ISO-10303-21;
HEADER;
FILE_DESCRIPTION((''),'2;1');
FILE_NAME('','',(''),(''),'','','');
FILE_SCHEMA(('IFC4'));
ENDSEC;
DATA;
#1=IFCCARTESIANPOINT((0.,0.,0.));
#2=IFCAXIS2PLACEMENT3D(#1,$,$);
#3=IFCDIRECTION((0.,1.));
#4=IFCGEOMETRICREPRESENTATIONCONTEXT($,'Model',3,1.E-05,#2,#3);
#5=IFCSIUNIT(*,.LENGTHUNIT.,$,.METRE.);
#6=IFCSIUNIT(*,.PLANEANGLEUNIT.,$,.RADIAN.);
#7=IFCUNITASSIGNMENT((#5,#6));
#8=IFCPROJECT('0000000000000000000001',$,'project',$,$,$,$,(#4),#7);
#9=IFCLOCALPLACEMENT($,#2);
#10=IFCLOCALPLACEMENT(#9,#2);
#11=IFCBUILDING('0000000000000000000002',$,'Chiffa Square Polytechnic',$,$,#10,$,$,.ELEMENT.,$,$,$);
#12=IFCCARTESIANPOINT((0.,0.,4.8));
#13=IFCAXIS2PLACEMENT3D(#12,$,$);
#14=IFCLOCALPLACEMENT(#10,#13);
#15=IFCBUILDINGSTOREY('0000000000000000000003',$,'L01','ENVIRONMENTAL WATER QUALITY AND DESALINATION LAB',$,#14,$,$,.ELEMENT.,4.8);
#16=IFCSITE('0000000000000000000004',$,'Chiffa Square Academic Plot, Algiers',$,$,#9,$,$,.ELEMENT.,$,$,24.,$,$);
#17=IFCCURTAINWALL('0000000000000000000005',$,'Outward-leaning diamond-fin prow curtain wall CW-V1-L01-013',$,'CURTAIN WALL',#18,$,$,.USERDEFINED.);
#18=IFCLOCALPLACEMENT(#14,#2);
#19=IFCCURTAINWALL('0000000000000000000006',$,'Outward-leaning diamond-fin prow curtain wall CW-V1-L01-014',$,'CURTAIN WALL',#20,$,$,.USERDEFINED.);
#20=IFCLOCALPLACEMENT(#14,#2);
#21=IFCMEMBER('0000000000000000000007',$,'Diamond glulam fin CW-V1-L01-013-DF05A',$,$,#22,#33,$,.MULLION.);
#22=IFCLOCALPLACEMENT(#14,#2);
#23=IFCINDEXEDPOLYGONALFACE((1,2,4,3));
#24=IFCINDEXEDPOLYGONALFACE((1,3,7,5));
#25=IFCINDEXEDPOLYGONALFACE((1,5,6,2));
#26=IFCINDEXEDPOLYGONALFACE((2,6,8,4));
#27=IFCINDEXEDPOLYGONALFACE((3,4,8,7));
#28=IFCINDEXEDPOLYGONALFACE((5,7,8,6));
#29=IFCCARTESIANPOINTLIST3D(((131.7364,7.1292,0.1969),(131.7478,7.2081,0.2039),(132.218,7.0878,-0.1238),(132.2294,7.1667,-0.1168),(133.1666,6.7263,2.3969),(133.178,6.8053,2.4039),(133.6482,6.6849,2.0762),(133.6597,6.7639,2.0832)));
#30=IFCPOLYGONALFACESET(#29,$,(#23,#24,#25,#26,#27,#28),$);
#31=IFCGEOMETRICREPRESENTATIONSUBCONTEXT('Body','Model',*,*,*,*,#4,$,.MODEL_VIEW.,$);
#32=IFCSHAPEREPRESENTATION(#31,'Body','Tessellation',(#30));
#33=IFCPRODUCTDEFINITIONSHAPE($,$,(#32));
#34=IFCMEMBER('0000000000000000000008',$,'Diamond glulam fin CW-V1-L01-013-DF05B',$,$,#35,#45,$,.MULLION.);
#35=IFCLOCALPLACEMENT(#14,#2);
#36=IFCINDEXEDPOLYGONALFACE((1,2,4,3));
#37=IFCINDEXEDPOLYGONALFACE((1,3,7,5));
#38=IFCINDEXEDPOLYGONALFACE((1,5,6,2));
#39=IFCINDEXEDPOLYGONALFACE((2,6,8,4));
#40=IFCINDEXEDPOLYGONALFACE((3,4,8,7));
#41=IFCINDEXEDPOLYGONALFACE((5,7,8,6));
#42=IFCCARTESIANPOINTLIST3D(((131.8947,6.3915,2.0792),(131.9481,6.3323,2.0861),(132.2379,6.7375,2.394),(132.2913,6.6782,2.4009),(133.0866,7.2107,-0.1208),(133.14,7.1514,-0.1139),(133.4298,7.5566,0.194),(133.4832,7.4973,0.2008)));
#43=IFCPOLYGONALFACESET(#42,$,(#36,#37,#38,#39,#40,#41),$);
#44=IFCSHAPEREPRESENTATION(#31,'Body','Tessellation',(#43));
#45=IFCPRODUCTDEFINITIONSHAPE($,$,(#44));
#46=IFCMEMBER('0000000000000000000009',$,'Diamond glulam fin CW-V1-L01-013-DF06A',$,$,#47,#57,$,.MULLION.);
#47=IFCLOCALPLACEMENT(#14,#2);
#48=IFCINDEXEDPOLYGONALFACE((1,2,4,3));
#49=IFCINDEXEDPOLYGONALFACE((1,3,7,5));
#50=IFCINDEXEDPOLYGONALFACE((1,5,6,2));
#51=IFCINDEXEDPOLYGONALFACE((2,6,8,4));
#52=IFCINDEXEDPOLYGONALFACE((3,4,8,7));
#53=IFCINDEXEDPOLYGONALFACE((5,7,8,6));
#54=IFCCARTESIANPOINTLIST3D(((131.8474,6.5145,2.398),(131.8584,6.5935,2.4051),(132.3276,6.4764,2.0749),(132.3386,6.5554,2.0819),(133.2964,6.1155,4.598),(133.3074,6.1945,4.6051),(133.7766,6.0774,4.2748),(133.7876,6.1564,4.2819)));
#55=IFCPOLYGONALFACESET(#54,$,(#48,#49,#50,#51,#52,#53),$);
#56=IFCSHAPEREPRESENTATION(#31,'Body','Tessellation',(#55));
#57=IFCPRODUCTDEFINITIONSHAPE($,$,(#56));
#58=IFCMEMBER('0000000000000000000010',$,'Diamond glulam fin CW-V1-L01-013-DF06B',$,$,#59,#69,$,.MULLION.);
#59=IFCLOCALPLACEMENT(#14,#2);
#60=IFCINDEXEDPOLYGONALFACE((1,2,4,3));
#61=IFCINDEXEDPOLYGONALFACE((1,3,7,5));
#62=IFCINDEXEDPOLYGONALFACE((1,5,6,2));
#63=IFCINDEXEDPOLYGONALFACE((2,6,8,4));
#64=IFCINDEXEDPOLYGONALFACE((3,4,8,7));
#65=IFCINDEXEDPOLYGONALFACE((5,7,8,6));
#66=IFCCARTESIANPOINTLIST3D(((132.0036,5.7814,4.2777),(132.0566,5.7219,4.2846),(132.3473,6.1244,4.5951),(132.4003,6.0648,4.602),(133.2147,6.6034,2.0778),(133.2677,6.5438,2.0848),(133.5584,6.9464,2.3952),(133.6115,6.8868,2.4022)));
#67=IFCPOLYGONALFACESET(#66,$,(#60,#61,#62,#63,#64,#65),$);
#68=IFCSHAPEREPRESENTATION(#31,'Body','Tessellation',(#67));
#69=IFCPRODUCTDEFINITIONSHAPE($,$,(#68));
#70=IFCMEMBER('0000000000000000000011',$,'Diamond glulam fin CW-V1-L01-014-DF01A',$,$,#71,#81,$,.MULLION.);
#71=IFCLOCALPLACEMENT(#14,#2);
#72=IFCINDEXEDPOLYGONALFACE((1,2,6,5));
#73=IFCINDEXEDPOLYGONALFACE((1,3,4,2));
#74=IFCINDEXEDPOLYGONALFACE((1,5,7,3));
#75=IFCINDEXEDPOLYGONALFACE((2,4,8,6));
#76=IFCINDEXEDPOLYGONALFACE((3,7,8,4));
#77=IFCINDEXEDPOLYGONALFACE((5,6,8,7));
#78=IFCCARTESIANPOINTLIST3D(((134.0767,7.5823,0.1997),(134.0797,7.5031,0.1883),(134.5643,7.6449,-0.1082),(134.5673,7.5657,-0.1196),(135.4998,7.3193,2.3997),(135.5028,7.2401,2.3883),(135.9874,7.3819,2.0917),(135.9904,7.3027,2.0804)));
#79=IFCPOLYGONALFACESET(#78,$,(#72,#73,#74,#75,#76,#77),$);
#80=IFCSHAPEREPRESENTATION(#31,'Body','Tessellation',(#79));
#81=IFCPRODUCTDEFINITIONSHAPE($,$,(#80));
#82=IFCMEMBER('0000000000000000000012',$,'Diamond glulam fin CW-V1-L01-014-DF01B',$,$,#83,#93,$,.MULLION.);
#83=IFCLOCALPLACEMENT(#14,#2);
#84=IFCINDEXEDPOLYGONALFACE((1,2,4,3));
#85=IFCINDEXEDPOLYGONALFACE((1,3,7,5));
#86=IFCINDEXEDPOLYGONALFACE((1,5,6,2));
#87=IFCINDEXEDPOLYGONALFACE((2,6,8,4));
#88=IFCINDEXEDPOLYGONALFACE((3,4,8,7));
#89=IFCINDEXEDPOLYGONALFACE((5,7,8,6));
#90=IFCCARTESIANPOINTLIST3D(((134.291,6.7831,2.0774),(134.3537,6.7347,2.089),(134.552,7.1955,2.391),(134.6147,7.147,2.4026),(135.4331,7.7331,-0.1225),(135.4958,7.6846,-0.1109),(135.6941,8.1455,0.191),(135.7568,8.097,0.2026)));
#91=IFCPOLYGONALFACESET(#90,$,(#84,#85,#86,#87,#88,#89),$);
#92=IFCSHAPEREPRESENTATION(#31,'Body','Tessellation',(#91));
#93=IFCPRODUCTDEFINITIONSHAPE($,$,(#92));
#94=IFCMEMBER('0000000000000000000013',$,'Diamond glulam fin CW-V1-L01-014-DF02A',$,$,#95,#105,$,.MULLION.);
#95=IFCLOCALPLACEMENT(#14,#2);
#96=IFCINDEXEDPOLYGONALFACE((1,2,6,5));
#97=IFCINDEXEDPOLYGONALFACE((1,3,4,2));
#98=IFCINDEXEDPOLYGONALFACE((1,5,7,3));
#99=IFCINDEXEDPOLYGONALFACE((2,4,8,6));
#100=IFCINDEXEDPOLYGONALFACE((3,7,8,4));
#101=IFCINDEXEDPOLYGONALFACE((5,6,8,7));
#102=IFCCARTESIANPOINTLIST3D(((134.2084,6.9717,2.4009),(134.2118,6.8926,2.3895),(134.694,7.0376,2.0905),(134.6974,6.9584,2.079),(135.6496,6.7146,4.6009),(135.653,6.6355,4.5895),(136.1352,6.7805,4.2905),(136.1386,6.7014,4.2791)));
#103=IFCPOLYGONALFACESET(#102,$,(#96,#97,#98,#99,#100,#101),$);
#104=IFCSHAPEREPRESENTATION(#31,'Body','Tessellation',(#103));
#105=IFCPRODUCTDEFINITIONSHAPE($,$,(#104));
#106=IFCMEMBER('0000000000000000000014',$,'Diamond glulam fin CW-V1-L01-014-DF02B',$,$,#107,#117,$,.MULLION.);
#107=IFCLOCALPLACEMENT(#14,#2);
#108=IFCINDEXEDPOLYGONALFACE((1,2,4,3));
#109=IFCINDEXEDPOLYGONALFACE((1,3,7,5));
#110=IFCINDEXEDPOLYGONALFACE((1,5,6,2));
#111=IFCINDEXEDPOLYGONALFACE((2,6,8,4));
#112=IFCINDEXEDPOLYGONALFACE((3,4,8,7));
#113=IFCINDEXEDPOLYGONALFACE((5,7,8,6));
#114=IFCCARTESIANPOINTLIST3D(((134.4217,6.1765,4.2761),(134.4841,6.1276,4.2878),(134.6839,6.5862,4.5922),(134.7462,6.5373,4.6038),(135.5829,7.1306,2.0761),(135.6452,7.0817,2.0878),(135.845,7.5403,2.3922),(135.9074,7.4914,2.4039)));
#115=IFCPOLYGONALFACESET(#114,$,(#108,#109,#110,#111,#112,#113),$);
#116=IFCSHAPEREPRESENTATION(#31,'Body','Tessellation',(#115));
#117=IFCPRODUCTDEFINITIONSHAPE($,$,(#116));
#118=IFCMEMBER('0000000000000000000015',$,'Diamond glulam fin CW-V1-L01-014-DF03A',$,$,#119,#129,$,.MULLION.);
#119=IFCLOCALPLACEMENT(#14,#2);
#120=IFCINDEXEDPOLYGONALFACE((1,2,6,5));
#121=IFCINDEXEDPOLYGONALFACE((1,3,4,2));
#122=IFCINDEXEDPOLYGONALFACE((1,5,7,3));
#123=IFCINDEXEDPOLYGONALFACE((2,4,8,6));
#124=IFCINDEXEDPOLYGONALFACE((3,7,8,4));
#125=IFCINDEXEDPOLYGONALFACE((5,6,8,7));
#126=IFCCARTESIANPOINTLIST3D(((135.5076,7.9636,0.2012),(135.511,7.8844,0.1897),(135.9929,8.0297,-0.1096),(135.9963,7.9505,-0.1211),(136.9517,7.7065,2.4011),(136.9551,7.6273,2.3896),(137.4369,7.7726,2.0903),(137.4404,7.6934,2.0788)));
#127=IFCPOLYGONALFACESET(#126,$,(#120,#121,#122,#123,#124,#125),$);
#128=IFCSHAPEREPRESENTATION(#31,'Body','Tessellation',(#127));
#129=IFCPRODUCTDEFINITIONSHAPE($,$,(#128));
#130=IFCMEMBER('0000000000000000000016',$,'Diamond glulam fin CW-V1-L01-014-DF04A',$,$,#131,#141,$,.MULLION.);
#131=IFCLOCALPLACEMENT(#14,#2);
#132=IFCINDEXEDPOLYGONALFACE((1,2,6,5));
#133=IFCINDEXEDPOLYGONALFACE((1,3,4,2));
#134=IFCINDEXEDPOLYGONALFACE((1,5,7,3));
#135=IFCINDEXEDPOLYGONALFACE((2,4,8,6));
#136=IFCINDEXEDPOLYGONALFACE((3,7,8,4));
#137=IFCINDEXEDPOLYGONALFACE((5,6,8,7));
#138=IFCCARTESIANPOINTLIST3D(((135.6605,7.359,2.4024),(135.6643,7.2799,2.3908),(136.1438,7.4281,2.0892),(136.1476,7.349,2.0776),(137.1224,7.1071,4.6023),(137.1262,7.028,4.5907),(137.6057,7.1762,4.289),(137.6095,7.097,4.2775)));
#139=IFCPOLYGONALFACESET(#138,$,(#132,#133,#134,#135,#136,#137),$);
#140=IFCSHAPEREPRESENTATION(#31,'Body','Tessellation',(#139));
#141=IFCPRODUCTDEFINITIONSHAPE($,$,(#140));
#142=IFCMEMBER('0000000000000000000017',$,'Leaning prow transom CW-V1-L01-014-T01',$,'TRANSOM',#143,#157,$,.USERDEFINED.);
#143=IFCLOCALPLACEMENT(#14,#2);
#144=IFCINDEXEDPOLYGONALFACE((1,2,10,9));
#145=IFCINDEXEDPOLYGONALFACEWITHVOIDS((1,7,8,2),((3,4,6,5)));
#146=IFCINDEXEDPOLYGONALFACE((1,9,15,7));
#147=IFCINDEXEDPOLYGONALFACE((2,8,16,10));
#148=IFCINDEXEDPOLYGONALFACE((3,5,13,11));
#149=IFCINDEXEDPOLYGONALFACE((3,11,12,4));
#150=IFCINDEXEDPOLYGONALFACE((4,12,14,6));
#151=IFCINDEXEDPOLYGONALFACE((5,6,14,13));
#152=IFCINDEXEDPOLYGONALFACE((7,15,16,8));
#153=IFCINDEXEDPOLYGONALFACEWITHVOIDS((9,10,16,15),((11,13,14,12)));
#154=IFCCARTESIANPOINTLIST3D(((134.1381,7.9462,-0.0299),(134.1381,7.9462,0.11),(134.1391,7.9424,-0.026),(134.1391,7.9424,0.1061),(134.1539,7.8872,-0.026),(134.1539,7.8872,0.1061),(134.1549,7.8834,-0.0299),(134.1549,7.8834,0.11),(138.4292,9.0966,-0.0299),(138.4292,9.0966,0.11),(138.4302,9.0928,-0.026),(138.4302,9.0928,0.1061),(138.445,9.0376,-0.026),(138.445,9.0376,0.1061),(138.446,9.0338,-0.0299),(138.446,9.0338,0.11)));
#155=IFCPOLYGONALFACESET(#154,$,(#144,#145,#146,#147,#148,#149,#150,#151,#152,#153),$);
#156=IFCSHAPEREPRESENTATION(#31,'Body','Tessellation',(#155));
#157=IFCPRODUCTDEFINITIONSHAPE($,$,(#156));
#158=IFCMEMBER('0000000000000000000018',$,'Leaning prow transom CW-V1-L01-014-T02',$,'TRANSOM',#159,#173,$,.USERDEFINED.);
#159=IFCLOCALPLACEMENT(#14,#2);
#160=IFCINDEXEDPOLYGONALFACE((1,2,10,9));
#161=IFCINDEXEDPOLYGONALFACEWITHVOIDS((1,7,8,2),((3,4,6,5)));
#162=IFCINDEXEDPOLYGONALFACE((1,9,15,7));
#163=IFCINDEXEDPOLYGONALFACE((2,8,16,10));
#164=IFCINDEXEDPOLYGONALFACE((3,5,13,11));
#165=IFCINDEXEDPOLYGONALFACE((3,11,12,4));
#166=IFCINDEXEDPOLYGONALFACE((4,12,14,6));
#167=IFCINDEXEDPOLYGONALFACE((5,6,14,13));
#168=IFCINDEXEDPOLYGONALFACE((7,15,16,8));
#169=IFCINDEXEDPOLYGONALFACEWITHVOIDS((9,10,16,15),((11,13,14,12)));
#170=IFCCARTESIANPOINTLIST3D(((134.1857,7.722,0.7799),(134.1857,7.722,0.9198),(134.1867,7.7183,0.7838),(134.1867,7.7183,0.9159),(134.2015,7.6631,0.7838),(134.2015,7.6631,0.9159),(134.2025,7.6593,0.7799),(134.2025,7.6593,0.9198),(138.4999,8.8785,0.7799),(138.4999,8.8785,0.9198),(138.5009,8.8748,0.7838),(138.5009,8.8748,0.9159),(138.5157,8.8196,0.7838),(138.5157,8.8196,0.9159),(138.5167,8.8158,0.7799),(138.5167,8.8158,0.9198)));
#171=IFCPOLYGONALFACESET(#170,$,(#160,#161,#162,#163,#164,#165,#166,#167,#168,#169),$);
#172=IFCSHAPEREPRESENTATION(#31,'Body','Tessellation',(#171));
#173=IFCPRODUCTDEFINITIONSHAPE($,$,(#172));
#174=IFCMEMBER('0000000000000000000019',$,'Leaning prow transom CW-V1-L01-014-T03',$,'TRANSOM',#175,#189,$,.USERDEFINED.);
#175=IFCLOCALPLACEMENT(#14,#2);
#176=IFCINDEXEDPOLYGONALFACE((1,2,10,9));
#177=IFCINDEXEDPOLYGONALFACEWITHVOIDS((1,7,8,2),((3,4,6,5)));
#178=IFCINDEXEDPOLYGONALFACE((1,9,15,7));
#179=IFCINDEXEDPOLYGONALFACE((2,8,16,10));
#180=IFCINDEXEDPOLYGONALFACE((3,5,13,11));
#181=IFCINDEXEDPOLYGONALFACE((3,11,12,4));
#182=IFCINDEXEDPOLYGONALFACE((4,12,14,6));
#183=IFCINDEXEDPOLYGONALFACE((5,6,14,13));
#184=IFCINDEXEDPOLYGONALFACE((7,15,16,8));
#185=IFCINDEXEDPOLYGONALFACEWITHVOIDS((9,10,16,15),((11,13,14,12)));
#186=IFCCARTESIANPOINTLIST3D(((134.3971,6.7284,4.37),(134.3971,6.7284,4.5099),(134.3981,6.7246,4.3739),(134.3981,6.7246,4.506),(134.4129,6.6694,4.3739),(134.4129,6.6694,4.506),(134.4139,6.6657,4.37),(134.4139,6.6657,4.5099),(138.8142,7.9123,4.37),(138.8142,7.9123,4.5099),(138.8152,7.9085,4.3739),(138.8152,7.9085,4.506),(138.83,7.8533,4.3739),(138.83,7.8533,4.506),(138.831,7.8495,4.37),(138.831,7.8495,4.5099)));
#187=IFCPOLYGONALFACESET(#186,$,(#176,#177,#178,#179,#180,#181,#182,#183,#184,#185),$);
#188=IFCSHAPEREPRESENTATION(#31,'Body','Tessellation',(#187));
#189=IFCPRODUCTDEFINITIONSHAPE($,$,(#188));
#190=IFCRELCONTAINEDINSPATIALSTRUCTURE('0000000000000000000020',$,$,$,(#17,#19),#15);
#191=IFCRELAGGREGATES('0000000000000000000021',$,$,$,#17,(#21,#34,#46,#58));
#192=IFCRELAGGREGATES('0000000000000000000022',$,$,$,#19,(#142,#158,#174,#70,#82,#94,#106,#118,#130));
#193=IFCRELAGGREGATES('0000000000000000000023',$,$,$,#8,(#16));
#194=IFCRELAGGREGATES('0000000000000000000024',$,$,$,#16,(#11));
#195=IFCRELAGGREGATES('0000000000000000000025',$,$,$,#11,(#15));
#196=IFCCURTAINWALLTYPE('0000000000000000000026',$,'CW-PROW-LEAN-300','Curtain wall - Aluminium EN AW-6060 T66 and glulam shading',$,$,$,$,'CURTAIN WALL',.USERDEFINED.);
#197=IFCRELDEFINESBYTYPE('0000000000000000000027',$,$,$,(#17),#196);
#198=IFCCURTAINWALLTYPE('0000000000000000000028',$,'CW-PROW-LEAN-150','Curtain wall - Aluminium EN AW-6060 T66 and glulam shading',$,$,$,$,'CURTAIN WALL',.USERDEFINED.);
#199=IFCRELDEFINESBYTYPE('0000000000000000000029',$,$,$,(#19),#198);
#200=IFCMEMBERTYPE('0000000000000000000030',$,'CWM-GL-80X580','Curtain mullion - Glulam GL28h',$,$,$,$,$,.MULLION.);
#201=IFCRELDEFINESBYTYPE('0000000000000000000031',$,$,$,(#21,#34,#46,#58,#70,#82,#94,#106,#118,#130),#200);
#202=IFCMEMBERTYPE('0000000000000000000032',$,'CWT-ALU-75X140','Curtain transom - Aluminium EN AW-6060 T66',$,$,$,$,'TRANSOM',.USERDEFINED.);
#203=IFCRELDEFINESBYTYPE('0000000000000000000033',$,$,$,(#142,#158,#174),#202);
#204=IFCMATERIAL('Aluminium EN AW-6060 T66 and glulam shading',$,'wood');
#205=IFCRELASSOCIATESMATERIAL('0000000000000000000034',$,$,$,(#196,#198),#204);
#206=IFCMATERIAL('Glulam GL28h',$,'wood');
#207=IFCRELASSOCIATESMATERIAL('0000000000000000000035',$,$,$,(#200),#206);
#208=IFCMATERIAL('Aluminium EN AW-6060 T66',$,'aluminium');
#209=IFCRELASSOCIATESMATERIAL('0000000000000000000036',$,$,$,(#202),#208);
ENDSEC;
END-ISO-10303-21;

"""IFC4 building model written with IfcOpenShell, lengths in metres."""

from ifc_helpers import new_model, si_unit, direction, frame, origin, origin_2d, place, context, subcontext, project, spatial, rectangle, hollow_rectangle, extrude, material, material_profile, profile_set, type_object, element, aggregate, save


model = new_model("IFC4")

# Units and contexts
model_context = context("Model", 3, precision=1e-05, world=origin(), true_north=direction((0.0, 1.0)))
body_context = subcontext(model_context, "Body", "Model", "MODEL_VIEW")
ifc_project = project(units=[si_unit("LENGTHUNIT", "METRE"), si_unit("PLANEANGLEUNIT", "RADIAN")], contexts=[model_context])

# Site, building, storey
site_placement = place(None, origin())
site = spatial("IfcSite", under=ifc_project, at=site_placement, Name="Chiffa Square Academic Plot, Algiers", CompositionType="ELEMENT", RefElevation=24.0)
building_placement = place(site_placement, origin())
building = spatial("IfcBuilding", under=site, at=building_placement, Name="Chiffa Square Polytechnic", CompositionType="ELEMENT")
storey_placement = place(building_placement, frame((0.0, 0.0, 4.8)))
storey = spatial("IfcBuildingStorey", under=building, at=storey_placement, Name="L01", Description="ENVIRONMENTAL WATER QUALITY AND DESALINATION LAB", CompositionType="ELEMENT", Elevation=4.8)

# Curtain wall
ifc_material_1 = material(Name="Aluminium EN AW-6060 T66 and glulam shading", Category="wood")
curtain_wall_type_1 = type_object("IfcCurtainWallType", Name="CW-PROW-LEAN-300", Description="Curtain wall - Aluminium EN AW-6060 T66 and glulam shading", ElementType="CURTAIN WALL", PredefinedType="USERDEFINED", material=ifc_material_1)
curtain_wall_1_placement = place(storey_placement, origin())
curtain_wall_1 = element("IfcCurtainWall", 1, at=curtain_wall_1_placement, inside=storey, type_object=curtain_wall_type_1, Name="Outward-leaning diamond-fin prow curtain wall CW-V1-L01-013", ObjectType="CURTAIN WALL", PredefinedType="USERDEFINED")
ifc_material_2 = material(Name="Aluminium EN AW-6060 T66", Category="aluminium")

# Curtain wall
curtain_wall_type_2 = type_object("IfcCurtainWallType", Name="CW-PROW-LEAN-150", Description="Curtain wall - Aluminium EN AW-6060 T66 and glulam shading", ElementType="CURTAIN WALL", PredefinedType="USERDEFINED", material=ifc_material_1)
curtain_wall_2_placement = place(storey_placement, origin())
curtain_wall_2 = element("IfcCurtainWall", 2, at=curtain_wall_2_placement, inside=storey, type_object=curtain_wall_type_2, Name="Outward-leaning diamond-fin prow curtain wall CW-V1-L01-014", ObjectType="CURTAIN WALL", PredefinedType="USERDEFINED")

# Members
ifc_material_3 = material(Name="Glulam GL28h", Category="wood")
ifc_material_profile_1 = material_profile(ifc_material_3, rectangle(XDim=0.0801, YDim=0.5801, at=origin_2d()), Name="GL28h 80x580")
ifc_profile_set_1 = profile_set([ifc_material_profile_1], Name="Glulam GL28h")
member_type_1 = type_object("IfcMemberType", Name="CWM-GL-80X580", Description="Curtain mullion - Glulam GL28h", PredefinedType="MULLION", material=ifc_profile_set_1)
member_1_placement = place(storey_placement, frame((131.9829, 7.1479, 0.04), z_axis=(0.538732, -0.151743, 0.828699), x_axis=(0.142997, 0.985843, 0.087556)))
member_1 = element("IfcMember", 3, at=member_1_placement, type_object=member_type_1, Name="Diamond glulam fin CW-V1-L01-013-DF05A", PredefinedType="MULLION", context=body_context, shape_type="SweptSolid", body=[
    extrude(rectangle(XDim=0.0801, YDim=0.5801, at=origin_2d()), origin(), (0.0, 0.0, 1.0), 2.6548),
])
member_2_placement = place(storey_placement, frame((133.2849, 7.354, 0.04), z_axis=(-0.452721, -0.311118, 0.835613), x_axis=(0.66713, -0.739968, 0.085932)))
member_2 = element("IfcMember", 4, at=member_2_placement, type_object=member_type_1, Name="Diamond glulam fin CW-V1-L01-013-DF05B", PredefinedType="MULLION", context=body_context, shape_type="SweptSolid", body=[
    extrude(rectangle(XDim=0.0801, YDim=0.5801, at=origin_2d()), origin(), (0.0, 0.0, 1.0), 2.6328),
])
member_3_placement = place(storey_placement, frame((132.093, 6.5349, 2.24), z_axis=(0.54385, -0.14973, 0.825717), x_axis=(0.137635, 0.986544, 0.088242)))
member_3 = element("IfcMember", 5, at=member_3_placement, type_object=member_type_1, Name="Diamond glulam fin CW-V1-L01-013-DF06A", PredefinedType="MULLION", context=body_context, shape_type="SweptSolid", body=[
    extrude(rectangle(XDim=0.0801, YDim=0.5801, at=origin_2d()), origin(), (0.0, 0.0, 1.0), 2.6643),
])
member_4_placement = place(storey_placement, frame((133.4131, 6.7451, 2.24), z_axis=(-0.458358, -0.311085, 0.832547), x_axis=(0.66242, -0.744103, 0.086658)))
member_4 = element("IfcMember", 6, at=member_4_placement, type_object=member_type_1, Name="Diamond glulam fin CW-V1-L01-013-DF06B", PredefinedType="MULLION", context=body_context, shape_type="SweptSolid", body=[
    extrude(rectangle(XDim=0.0801, YDim=0.5801, at=origin_2d()), origin(), (0.0, 0.0, 1.0), 2.6423),
])
member_5_placement = place(storey_placement, frame((134.322, 7.574, 0.04), z_axis=(0.540429, -0.099853, 0.835444), x_axis=(-0.03713, 0.989135, 0.142241)))
member_5 = element("IfcMember", 7, at=member_5_placement, type_object=member_type_1, Name="Diamond glulam fin CW-V1-L01-014-DF01A", PredefinedType="MULLION", context=body_context, shape_type="SweptSolid", body=[
    extrude(rectangle(XDim=0.0801, YDim=0.5801, at=origin_2d()), origin(), (0.0, 0.0, 1.0), 2.6333),
])
member_6_placement = place(storey_placement, frame((135.595, 7.915, 0.04), z_axis=(-0.430241, -0.35786, 0.828752), x_axis=(0.782591, -0.605452, 0.144839)))
member_6 = element("IfcMember", 8, at=member_6_placement, type_object=member_type_1, Name="Diamond glulam fin CW-V1-L01-014-DF01B", PredefinedType="MULLION", context=body_context, shape_type="SweptSolid", body=[
    extrude(rectangle(XDim=0.0801, YDim=0.5801, at=origin_2d()), origin(), (0.0, 0.0, 1.0), 2.6545),
])
member_7_placement = place(storey_placement, frame((134.4529, 6.9651, 2.24), z_axis=(0.545378, -0.097287, 0.832525), x_axis=(-0.042497, 0.988755, 0.143382)))
member_7 = element("IfcMember", 9, at=member_7_placement, type_object=member_type_1, Name="Diamond glulam fin CW-V1-L01-014-DF02A", PredefinedType="MULLION", context=body_context, shape_type="SweptSolid", body=[
    extrude(rectangle(XDim=0.0801, YDim=0.5801, at=origin_2d()), origin(), (0.0, 0.0, 1.0), 2.6426),
])
member_8_placement = place(storey_placement, frame((135.7451, 7.311, 2.24), z_axis=(-0.435817, -0.35811, 0.825724), x_axis=(0.778352, -0.610618, 0.145993)))
member_8 = element("IfcMember", 10, at=member_8_placement, type_object=member_type_1, Name="Diamond glulam fin CW-V1-L01-014-DF02B", PredefinedType="MULLION", context=body_context, shape_type="SweptSolid", body=[
    extrude(rectangle(XDim=0.0801, YDim=0.5801, at=origin_2d()), origin(), (0.0, 0.0, 1.0), 2.6643),
])
member_9_placement = place(storey_placement, frame((135.752, 7.957, 0.04), z_axis=(0.546156, -0.097228, 0.832022), x_axis=(-0.042716, 0.988717, 0.143578)))
member_9 = element("IfcMember", 11, at=member_9_placement, type_object=member_type_1, Name="Diamond glulam fin CW-V1-L01-014-DF03A", PredefinedType="MULLION", context=body_context, shape_type="SweptSolid", body=[
    extrude(rectangle(XDim=0.0801, YDim=0.5801, at=origin_2d()), origin(), (0.0, 0.0, 1.0), 2.644),
])
member_10_placement = place(storey_placement, frame((135.9041, 7.354, 2.24), z_axis=(0.550962, -0.094955, 0.829111), x_axis=(-0.047418, 0.988338, 0.144702)))
member_10 = element("IfcMember", 12, at=member_10_placement, type_object=member_type_1, Name="Diamond glulam fin CW-V1-L01-014-DF04A", PredefinedType="MULLION", context=body_context, shape_type="SweptSolid", body=[
    extrude(rectangle(XDim=0.0801, YDim=0.5801, at=origin_2d()), origin(), (0.0, 0.0, 1.0), 2.6533),
])
ifc_material_profile_2 = material_profile(ifc_material_2, hollow_rectangle(XDim=0.0649, YDim=0.1399, WallThickness=0.0039, at=origin_2d()), Name="ALU 65x140x4")
ifc_profile_set_2 = profile_set([ifc_material_profile_2], Name="Aluminium EN AW-6060 T66")
member_type_2 = type_object("IfcMemberType", Name="CWT-ALU-75X140", Description="Curtain transom - Aluminium EN AW-6060 T66", ElementType="TRANSOM", PredefinedType="USERDEFINED", material=ifc_profile_set_2)
member_11_placement = place(storey_placement, frame((134.1465, 7.9148, 0.04), z_axis=(0.965891, 0.258949, 0.0), x_axis=(-0.258949, 0.965891, 0.0)))
member_11 = element("IfcMember", 13, at=member_11_placement, type_object=member_type_2, Name="Leaning prow transom CW-V1-L01-014-T01", ObjectType="TRANSOM", PredefinedType="USERDEFINED", context=body_context, shape_type="SweptSolid", body=[
    extrude(hollow_rectangle(XDim=0.0649, YDim=0.1399, WallThickness=0.0039, at=origin_2d()), origin(), (0.0, 0.0, 1.0), 4.4426),
])
member_12_placement = place(storey_placement, frame((134.1941, 7.6907, 0.8499), z_axis=(0.965898, 0.258925, 0.0), x_axis=(-0.258925, 0.965898, 0.0)))
member_12 = element("IfcMember", 14, at=member_12_placement, type_object=member_type_2, Name="Leaning prow transom CW-V1-L01-014-T02", ObjectType="TRANSOM", PredefinedType="USERDEFINED", context=body_context, shape_type="SweptSolid", body=[
    extrude(hollow_rectangle(XDim=0.0649, YDim=0.1399, WallThickness=0.0039, at=origin_2d()), origin(), (0.0, 0.0, 1.0), 4.4666),
])
member_13_placement = place(storey_placement, frame((134.4055, 6.697, 4.4399), z_axis=(0.965909, 0.258882, 0.0), x_axis=(-0.258882, 0.965909, 0.0)))
member_13 = element("IfcMember", 15, at=member_13_placement, type_object=member_type_2, Name="Leaning prow transom CW-V1-L01-014-T03", ObjectType="TRANSOM", PredefinedType="USERDEFINED", context=body_context, shape_type="SweptSolid", body=[
    extrude(hollow_rectangle(XDim=0.0649, YDim=0.1399, WallThickness=0.0039, at=origin_2d()), origin(), (0.0, 0.0, 1.0), 4.573),
])

aggregate(curtain_wall_1, [member_1, member_2, member_3, member_4])
aggregate(curtain_wall_2, [member_11, member_12, member_13, member_5, member_6, member_7, member_8, member_9, member_10])

save(model, "model.ifc")
